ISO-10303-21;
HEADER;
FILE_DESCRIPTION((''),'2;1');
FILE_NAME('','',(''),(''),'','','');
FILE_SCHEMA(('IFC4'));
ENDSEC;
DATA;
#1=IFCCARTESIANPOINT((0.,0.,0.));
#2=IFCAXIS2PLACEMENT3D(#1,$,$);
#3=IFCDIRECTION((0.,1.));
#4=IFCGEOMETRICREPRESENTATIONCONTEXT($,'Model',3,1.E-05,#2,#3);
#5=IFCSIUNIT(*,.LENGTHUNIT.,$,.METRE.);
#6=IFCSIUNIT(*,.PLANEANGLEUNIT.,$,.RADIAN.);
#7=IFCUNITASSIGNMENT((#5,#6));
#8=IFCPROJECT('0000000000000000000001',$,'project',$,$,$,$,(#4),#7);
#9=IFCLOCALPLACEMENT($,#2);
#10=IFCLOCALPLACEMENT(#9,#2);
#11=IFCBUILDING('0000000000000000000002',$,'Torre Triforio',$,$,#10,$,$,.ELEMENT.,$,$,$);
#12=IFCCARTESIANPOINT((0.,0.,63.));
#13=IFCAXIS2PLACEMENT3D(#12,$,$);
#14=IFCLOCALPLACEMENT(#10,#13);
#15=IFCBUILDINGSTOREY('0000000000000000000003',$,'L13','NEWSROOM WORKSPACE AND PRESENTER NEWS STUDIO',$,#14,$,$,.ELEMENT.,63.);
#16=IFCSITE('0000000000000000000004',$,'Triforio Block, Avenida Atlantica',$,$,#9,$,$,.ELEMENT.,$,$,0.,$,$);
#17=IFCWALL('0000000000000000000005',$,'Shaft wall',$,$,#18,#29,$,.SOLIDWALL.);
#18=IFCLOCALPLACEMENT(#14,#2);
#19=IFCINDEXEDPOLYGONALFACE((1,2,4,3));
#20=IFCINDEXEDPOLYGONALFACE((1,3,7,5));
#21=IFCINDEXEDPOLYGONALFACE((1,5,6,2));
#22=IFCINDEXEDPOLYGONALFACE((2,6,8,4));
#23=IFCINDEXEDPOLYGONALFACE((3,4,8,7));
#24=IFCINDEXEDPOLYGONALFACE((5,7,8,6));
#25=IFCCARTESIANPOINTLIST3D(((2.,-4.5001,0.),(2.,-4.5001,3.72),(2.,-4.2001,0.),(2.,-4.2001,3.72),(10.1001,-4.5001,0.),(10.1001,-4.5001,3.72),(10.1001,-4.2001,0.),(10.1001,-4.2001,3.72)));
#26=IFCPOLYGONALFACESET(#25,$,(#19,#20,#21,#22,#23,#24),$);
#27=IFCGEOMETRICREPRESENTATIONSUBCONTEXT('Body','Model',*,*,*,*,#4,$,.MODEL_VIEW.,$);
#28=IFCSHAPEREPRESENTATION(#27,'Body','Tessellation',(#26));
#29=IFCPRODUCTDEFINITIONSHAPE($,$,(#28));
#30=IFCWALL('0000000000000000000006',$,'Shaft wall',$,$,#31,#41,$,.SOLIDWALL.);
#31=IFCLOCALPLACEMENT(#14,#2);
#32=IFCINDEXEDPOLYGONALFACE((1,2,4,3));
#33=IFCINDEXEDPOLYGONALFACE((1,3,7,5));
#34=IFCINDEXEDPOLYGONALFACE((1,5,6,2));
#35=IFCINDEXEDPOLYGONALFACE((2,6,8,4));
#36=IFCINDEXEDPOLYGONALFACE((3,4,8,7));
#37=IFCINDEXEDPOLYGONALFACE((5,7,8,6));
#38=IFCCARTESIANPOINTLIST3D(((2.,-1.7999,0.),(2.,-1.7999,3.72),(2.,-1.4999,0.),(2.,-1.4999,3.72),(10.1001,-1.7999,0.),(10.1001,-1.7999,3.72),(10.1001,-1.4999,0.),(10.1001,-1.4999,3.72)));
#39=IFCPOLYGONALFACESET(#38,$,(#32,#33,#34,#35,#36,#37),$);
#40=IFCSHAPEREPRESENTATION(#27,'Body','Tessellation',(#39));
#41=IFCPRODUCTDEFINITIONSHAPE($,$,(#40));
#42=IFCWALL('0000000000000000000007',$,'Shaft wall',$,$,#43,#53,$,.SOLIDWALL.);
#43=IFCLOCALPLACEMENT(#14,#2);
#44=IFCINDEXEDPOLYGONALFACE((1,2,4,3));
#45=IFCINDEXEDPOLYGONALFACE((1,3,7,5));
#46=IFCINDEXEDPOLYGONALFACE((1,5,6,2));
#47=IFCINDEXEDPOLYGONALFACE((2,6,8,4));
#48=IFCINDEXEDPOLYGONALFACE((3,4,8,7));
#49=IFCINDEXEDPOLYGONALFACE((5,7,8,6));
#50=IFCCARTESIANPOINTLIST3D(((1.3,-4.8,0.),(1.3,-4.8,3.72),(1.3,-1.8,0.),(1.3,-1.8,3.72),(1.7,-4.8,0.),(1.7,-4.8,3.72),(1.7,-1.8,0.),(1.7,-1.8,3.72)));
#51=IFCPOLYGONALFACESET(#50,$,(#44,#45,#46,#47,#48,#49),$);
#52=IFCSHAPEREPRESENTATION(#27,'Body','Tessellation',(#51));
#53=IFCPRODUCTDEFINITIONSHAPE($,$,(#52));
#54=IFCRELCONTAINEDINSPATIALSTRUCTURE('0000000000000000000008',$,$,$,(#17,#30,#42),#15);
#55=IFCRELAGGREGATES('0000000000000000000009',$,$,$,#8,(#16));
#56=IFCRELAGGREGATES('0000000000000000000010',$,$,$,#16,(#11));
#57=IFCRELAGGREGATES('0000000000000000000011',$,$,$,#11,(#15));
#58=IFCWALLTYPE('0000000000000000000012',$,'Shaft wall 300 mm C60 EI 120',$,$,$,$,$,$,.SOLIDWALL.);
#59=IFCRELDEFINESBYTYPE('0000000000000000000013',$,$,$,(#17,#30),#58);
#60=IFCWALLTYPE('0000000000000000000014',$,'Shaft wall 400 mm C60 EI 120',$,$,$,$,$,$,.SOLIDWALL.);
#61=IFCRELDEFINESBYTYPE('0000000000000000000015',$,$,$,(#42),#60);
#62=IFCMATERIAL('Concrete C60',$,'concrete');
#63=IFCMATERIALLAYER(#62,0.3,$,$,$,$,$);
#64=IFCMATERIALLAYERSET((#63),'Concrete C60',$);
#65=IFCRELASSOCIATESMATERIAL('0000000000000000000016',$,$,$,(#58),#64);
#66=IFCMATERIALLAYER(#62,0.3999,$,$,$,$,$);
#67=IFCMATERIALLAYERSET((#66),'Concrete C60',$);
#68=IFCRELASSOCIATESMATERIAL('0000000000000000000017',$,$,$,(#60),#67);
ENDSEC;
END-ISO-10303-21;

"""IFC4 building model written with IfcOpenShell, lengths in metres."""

from ifc_helpers import new_model, si_unit, direction, frame, frame_2d, origin, place, context, subcontext, project, spatial, rectangle, extrude, material, layer, layer_set, type_object, element, save


model = new_model("IFC4")

# Units and contexts
model_context = context("Model", 3, precision=1e-05, world=origin(), true_north=direction((0.0, 1.0)))
body_context = subcontext(model_context, "Body", "Model", "MODEL_VIEW")
ifc_project = project(units=[si_unit("LENGTHUNIT", "METRE"), si_unit("PLANEANGLEUNIT", "RADIAN")], contexts=[model_context])

# Site, building, storey
site_placement = place(None, origin())
site = spatial("IfcSite", under=ifc_project, at=site_placement, Name="Triforio Block, Avenida Atlantica", CompositionType="ELEMENT", RefElevation=0.0)
building_placement = place(site_placement, origin())
building = spatial("IfcBuilding", under=site, at=building_placement, Name="Torre Triforio", CompositionType="ELEMENT")
storey_placement = place(building_placement, frame((0.0, 0.0, 63.0)))
storey = spatial("IfcBuildingStorey", under=building, at=storey_placement, Name="L13", Description="NEWSROOM WORKSPACE AND PRESENTER NEWS STUDIO", CompositionType="ELEMENT", Elevation=63.0)

# Shared definitions
ifc_material_1 = material(Name="Concrete C60", Category="concrete")

# Walls
ifc_layer_1 = layer(ifc_material_1, 0.3)
ifc_layer_set_1 = layer_set([ifc_layer_1], Name="Concrete C60")
wall_type_1 = type_object("IfcWallType", Name="Shaft wall 300 mm C60 EI 120", PredefinedType="SOLIDWALL", material=ifc_layer_set_1)
for number, where, z_axis, x_axis, name in (
    (1, (2.0, -4.3501, 0.0), (0.0, 0.0, 1.0), (1.0, 0.0, 0.0), "Shaft wall"),
    (2, (2.0, -1.6499, 0.0), (0.0, 0.0, 1.0), (1.0, 0.0, 0.0), "Shaft wall"),
):
    element("IfcWall", number, at=place(storey_placement, frame(where, z_axis=z_axis, x_axis=x_axis)), inside=storey, type_object=wall_type_1, Name=name, PredefinedType="SOLIDWALL", context=body_context, shape_type="SweptSolid", body=[
        extrude(rectangle(XDim=8.1001, YDim=0.3, at=frame_2d((4.05, 0.0))), origin(), (0.0, 0.0, 1.0), 3.72),
    ])
ifc_layer_2 = layer(ifc_material_1, 0.3999)
ifc_layer_set_2 = layer_set([ifc_layer_2], Name="Concrete C60")
wall_type_2 = type_object("IfcWallType", Name="Shaft wall 400 mm C60 EI 120", PredefinedType="SOLIDWALL", material=ifc_layer_set_2)
wall_1_placement = place(storey_placement, frame((1.5, -4.8, 0.0), z_axis=(0.0, 0.0, 1.0), x_axis=(0.0, 1.0, 0.0)))
element("IfcWall", 3, at=wall_1_placement, inside=storey, type_object=wall_type_2, Name="Shaft wall", PredefinedType="SOLIDWALL", context=body_context, shape_type="SweptSolid", body=[
    extrude(rectangle(XDim=3.0, YDim=0.3999, at=frame_2d((1.5, 0.0))), origin(), (0.0, 0.0, 1.0), 3.72),
])

save(model, "model.ifc")
